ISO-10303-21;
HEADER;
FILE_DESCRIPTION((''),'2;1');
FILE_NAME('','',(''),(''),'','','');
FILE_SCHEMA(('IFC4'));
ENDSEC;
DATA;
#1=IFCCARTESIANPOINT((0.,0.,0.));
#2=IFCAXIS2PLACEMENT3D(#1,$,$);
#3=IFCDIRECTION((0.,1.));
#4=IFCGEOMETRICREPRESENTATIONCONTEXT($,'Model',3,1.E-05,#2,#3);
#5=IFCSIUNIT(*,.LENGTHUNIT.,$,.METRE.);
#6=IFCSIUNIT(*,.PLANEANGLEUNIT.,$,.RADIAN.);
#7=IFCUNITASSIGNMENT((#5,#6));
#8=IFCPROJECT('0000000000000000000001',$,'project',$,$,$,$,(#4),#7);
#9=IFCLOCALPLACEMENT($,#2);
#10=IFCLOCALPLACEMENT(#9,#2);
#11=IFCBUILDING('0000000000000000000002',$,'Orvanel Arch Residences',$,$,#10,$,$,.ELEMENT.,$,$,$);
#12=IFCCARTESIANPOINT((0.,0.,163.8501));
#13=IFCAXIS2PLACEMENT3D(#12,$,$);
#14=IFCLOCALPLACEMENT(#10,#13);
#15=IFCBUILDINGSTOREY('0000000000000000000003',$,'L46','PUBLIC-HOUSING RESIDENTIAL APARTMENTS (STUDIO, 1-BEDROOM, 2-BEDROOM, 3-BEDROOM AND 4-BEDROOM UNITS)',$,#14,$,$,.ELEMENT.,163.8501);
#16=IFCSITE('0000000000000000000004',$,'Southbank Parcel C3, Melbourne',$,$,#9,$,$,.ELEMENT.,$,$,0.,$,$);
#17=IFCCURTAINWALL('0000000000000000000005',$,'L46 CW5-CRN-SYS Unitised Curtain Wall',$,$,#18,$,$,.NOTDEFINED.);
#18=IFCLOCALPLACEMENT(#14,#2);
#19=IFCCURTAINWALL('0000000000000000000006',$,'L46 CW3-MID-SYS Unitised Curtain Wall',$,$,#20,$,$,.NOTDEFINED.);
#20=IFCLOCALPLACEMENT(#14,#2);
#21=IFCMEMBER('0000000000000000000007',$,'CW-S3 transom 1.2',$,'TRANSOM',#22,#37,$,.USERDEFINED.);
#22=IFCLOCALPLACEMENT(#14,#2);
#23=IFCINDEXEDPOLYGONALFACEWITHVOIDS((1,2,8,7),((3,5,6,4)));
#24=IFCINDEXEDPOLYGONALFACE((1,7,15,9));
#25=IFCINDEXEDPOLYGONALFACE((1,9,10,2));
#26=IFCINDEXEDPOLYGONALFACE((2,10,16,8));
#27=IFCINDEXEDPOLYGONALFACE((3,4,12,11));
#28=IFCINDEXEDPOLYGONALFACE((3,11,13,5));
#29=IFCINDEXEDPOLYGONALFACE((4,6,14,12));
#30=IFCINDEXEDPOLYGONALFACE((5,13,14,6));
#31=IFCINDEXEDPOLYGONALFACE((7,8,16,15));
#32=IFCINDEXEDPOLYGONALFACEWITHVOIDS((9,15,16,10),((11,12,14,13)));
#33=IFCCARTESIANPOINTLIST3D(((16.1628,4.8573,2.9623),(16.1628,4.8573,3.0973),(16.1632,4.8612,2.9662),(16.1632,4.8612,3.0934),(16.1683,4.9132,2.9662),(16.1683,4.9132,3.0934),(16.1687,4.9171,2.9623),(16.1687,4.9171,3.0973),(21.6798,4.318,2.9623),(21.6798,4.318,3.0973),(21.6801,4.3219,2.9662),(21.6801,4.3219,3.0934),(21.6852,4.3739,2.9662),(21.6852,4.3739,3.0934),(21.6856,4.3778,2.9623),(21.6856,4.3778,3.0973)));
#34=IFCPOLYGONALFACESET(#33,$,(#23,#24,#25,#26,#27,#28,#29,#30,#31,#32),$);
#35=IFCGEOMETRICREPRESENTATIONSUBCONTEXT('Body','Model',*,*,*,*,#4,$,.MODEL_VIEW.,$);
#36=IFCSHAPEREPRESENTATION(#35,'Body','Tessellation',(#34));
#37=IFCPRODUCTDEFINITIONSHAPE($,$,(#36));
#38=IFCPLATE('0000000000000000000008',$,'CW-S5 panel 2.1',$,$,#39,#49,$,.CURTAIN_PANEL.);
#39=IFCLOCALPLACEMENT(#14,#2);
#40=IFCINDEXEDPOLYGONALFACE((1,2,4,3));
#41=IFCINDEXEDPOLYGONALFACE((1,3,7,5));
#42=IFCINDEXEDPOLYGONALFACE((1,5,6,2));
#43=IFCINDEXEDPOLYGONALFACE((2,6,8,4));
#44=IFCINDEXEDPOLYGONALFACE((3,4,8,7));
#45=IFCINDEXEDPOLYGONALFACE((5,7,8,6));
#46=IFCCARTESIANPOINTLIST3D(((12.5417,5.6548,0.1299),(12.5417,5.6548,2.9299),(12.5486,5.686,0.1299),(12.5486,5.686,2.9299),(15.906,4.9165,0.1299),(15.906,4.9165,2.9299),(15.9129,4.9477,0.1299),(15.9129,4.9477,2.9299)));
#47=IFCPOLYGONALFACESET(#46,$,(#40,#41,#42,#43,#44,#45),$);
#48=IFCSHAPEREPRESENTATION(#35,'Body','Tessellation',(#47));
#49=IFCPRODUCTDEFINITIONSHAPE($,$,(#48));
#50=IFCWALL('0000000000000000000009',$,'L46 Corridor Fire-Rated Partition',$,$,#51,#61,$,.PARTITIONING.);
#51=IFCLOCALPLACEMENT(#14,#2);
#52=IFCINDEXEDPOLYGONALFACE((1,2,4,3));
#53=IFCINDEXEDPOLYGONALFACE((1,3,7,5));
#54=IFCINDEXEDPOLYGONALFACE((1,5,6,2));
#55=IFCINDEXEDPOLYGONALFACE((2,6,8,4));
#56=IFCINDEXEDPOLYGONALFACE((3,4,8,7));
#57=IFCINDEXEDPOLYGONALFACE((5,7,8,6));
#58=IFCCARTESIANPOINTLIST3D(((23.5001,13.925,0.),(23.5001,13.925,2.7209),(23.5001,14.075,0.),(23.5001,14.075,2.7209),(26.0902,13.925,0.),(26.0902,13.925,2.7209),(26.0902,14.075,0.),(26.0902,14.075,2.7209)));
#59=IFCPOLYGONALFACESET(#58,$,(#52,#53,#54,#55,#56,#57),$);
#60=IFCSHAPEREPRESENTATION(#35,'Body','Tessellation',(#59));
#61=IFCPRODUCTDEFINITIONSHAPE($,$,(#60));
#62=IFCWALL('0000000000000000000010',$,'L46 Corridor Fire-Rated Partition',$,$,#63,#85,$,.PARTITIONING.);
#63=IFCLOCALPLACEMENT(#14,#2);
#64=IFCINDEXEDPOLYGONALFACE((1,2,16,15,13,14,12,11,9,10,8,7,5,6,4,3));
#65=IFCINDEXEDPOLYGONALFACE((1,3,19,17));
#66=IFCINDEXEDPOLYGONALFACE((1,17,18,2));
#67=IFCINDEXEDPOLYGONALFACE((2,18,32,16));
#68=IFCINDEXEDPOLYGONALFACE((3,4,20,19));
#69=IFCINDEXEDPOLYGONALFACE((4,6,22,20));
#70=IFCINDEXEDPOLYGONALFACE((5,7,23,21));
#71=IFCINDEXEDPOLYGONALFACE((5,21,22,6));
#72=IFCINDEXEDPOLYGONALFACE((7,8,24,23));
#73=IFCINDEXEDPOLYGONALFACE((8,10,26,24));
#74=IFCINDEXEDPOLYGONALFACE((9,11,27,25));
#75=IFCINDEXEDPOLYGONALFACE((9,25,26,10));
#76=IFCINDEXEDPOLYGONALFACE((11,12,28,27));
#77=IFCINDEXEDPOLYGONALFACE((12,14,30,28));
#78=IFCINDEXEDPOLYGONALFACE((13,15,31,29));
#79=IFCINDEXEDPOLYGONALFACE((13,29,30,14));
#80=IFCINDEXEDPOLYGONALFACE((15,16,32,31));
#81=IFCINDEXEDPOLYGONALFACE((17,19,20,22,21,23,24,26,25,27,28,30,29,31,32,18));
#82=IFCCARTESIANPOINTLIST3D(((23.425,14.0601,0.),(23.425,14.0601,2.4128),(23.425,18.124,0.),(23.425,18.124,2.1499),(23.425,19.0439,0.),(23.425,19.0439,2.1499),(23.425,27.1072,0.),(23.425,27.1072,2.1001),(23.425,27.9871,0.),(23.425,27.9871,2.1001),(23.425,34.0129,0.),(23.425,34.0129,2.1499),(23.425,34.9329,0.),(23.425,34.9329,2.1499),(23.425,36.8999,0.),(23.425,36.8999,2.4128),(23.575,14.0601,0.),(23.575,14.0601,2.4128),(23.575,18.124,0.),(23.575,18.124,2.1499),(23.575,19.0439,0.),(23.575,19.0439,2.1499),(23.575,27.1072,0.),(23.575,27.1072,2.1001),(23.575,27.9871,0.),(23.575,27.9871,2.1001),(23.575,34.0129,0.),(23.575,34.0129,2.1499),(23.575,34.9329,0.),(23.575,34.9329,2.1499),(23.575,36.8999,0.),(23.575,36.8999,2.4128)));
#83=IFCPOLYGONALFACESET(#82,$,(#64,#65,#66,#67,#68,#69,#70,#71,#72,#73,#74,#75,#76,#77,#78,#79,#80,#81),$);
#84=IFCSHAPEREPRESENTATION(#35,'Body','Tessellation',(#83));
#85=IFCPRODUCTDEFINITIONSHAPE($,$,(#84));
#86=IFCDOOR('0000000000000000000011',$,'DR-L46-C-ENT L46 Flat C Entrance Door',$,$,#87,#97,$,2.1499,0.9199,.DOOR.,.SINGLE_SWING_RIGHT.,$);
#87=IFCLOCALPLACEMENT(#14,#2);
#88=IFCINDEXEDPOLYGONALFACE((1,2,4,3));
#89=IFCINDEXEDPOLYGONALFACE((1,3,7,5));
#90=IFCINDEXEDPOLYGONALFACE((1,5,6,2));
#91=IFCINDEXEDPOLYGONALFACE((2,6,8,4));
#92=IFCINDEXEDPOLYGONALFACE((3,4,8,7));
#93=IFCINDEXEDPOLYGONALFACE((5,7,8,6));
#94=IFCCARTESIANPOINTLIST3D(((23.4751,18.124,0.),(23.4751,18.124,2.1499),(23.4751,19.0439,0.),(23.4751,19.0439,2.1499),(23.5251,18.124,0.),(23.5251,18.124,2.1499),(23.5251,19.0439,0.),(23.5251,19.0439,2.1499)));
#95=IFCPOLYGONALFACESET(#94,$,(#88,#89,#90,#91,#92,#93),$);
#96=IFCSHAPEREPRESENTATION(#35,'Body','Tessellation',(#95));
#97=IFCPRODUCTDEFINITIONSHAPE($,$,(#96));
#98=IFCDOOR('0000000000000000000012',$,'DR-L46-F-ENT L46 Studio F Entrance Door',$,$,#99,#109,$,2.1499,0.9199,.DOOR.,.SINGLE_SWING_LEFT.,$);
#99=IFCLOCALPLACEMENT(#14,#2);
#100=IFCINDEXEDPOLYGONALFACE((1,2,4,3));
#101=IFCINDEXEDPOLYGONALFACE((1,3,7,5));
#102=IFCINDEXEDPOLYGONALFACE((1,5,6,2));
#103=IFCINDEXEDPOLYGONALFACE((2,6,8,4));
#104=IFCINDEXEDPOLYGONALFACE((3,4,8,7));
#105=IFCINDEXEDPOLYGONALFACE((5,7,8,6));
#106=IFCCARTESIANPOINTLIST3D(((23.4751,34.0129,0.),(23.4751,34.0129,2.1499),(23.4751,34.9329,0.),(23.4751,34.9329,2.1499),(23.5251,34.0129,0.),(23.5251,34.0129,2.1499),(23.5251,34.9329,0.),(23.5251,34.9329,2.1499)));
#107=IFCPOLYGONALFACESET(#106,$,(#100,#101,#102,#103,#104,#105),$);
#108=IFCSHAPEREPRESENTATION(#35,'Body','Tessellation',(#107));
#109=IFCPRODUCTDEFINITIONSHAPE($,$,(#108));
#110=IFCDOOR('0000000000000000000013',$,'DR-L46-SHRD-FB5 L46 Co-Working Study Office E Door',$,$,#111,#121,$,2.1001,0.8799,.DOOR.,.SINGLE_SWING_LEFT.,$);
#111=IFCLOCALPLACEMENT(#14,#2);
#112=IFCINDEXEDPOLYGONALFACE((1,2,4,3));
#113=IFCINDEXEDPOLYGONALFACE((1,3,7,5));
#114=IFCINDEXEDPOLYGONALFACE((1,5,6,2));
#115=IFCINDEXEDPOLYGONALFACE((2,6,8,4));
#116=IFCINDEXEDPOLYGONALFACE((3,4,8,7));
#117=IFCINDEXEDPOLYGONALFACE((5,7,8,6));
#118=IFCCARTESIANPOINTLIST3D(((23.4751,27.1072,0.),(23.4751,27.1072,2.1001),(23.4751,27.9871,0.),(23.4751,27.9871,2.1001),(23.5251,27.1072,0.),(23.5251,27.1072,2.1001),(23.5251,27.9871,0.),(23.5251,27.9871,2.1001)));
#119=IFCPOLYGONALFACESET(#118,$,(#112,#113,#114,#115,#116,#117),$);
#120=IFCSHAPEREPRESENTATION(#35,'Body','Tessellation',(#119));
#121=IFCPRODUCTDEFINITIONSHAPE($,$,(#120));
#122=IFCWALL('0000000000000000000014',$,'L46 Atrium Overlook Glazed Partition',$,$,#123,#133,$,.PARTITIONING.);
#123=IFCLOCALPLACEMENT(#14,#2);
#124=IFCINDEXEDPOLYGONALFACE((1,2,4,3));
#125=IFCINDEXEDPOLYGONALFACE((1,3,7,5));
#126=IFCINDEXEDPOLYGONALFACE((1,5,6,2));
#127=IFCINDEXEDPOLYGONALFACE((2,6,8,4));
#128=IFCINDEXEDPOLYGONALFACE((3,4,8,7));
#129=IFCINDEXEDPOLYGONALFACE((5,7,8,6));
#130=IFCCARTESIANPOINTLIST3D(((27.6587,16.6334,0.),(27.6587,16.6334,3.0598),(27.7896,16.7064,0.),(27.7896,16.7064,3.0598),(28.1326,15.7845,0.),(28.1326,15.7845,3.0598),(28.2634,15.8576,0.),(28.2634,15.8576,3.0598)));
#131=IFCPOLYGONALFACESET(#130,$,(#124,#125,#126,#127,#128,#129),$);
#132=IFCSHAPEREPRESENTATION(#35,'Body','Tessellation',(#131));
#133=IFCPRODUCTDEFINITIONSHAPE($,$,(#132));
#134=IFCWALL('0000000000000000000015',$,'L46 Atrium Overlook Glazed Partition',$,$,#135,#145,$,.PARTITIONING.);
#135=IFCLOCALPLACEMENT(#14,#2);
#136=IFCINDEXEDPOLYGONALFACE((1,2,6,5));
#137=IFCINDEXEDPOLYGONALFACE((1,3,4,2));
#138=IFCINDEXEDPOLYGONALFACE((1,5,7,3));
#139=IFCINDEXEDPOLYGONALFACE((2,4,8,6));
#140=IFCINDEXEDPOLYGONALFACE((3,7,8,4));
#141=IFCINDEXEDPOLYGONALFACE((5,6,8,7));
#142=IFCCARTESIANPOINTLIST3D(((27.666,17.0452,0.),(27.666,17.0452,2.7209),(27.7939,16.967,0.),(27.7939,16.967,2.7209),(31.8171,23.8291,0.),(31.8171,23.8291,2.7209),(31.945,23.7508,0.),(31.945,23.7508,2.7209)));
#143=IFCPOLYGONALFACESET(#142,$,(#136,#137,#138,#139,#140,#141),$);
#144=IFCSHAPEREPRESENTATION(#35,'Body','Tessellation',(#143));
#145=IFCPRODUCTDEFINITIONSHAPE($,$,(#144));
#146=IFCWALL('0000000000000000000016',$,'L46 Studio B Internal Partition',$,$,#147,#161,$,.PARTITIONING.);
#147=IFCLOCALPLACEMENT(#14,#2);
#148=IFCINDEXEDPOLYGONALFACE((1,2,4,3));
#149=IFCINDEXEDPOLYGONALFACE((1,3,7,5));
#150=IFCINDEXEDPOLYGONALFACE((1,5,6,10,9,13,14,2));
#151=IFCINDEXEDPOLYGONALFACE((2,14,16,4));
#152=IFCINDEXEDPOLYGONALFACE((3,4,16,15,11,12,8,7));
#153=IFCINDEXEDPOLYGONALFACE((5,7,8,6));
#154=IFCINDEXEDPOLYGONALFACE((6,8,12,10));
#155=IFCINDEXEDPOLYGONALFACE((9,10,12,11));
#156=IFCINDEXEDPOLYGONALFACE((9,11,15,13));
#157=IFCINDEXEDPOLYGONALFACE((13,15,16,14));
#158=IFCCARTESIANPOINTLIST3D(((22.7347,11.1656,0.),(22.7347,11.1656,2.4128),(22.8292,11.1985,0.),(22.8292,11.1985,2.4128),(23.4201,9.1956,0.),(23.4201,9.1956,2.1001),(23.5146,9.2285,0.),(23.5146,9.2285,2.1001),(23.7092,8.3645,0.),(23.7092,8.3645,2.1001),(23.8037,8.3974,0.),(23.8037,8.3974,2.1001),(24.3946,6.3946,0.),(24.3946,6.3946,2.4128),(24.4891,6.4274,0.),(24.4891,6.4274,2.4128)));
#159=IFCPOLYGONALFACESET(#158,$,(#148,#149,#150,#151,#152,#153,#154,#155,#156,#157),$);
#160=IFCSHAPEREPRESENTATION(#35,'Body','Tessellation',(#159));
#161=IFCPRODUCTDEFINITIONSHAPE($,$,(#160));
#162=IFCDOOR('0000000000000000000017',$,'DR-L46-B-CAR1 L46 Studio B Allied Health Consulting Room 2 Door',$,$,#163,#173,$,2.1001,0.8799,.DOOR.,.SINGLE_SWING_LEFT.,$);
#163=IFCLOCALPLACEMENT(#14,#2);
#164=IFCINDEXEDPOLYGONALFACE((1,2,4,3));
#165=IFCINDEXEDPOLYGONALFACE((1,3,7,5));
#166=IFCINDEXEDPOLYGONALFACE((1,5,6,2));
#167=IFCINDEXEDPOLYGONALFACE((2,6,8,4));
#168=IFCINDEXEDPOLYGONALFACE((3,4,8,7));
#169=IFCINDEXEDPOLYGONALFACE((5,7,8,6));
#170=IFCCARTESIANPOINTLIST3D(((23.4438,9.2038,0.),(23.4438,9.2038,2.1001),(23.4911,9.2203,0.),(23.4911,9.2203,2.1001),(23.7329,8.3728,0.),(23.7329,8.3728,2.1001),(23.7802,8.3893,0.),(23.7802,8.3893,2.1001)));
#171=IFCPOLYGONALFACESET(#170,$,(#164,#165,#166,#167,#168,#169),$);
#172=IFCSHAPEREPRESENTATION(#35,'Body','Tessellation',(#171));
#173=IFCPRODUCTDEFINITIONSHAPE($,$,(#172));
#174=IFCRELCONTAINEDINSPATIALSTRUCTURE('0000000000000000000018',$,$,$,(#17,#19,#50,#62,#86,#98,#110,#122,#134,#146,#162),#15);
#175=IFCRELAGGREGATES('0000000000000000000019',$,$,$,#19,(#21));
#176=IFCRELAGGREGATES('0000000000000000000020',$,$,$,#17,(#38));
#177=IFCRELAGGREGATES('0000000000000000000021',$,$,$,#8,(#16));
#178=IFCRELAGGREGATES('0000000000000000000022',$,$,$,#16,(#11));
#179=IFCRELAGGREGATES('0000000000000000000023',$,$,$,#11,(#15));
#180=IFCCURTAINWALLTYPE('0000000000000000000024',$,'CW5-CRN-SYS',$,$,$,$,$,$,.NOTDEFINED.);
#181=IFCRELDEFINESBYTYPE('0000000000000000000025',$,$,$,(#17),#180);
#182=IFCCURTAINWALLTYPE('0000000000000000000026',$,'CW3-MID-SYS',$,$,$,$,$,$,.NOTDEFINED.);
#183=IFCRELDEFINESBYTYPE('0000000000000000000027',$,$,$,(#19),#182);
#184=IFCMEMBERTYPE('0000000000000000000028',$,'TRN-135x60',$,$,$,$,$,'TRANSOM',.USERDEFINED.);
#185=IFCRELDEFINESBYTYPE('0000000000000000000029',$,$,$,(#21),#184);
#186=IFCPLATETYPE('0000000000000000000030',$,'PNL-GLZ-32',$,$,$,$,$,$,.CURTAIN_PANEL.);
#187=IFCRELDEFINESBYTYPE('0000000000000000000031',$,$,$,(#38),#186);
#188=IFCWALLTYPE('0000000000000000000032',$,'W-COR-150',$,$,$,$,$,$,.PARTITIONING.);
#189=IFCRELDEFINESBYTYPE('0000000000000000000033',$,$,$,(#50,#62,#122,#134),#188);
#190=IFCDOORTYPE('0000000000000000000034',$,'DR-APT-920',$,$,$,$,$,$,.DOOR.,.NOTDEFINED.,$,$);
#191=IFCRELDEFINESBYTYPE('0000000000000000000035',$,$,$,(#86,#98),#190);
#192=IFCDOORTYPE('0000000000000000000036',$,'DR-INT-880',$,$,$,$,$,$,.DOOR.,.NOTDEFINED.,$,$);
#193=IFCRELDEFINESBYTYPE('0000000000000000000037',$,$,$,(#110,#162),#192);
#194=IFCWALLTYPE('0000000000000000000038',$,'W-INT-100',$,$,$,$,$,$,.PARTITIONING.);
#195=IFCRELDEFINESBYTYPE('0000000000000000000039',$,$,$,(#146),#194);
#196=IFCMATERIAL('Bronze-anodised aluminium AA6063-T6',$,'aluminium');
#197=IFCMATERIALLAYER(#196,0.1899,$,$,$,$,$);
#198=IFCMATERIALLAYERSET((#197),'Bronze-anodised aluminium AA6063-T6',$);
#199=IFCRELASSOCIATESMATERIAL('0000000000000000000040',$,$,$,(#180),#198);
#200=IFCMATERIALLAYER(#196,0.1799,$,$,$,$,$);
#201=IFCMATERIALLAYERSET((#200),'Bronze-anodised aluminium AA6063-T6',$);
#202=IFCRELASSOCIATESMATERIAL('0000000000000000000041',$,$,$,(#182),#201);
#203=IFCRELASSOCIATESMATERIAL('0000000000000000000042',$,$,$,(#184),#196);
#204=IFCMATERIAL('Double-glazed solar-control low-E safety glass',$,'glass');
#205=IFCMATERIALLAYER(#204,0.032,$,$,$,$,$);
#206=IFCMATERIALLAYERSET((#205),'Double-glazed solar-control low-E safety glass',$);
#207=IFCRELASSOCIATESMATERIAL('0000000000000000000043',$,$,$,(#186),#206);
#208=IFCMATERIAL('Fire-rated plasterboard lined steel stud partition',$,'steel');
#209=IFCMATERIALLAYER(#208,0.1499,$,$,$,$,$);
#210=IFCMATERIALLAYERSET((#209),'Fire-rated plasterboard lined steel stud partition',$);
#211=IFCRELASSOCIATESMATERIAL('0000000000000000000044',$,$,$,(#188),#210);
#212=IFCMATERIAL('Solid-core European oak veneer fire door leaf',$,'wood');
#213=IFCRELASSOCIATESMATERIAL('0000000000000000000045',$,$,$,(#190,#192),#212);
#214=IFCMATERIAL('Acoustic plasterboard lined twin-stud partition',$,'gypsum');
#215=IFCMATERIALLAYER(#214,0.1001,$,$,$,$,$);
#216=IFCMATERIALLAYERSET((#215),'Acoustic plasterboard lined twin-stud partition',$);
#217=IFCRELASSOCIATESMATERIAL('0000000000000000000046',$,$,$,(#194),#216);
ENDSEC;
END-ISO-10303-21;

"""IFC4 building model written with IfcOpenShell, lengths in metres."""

from ifc_helpers import new_model, si_unit, direction, frame, frame_2d, origin, origin_2d, place, context, subcontext, project, spatial, rectangle, hollow_rectangle, extrude, material, layer, layer_set, material_profile, profile_set, type_object, element, fill, aggregate, save


model = new_model("IFC4")

# Units and contexts
model_context = context("Model", 3, precision=1e-05, world=origin(), true_north=direction((0.0, 1.0)))
body_context = subcontext(model_context, "Body", "Model", "MODEL_VIEW")
ifc_project = project(units=[si_unit("LENGTHUNIT", "METRE"), si_unit("PLANEANGLEUNIT", "RADIAN")], contexts=[model_context])

# Site, building, storey
site_placement = place(None, origin())
site = spatial("IfcSite", under=ifc_project, at=site_placement, Name="Southbank Parcel C3, Melbourne", CompositionType="ELEMENT", RefElevation=0.0)
building_placement = place(site_placement, origin())
building = spatial("IfcBuilding", under=site, at=building_placement, Name="Orvanel Arch Residences", CompositionType="ELEMENT")
storey_placement = place(building_placement, frame((0.0, 0.0, 163.8501)))
storey = spatial("IfcBuildingStorey", under=building, at=storey_placement, Name="L46", Description="PUBLIC-HOUSING RESIDENTIAL APARTMENTS (STUDIO, 1-BEDROOM, 2-BEDROOM, 3-BEDROOM AND 4-BEDROOM UNITS)", CompositionType="ELEMENT", Elevation=163.8501)

# Curtain walls
ifc_material_1 = material(Name="Bronze-anodised aluminium AA6063-T6", Category="aluminium")
ifc_layer_1 = layer(ifc_material_1, 0.1899)
ifc_layer_set_1 = layer_set([ifc_layer_1], Name="Bronze-anodised aluminium AA6063-T6")
curtain_wall_type_1 = type_object("IfcCurtainWallType", Name="CW5-CRN-SYS", PredefinedType="NOTDEFINED", material=ifc_layer_set_1)
curtain_wall_1_placement = place(storey_placement, origin())
curtain_wall_1 = element("IfcCurtainWall", 1, at=curtain_wall_1_placement, inside=storey, type_object=curtain_wall_type_1, Name="L46 CW5-CRN-SYS Unitised Curtain Wall", PredefinedType="NOTDEFINED")
ifc_layer_2 = layer(ifc_material_1, 0.1799)
ifc_layer_set_2 = layer_set([ifc_layer_2], Name="Bronze-anodised aluminium AA6063-T6")
curtain_wall_type_2 = type_object("IfcCurtainWallType", Name="CW3-MID-SYS", PredefinedType="NOTDEFINED", material=ifc_layer_set_2)
curtain_wall_2_placement = place(storey_placement, origin())
curtain_wall_2 = element("IfcCurtainWall", 2, at=curtain_wall_2_placement, inside=storey, type_object=curtain_wall_type_2, Name="L46 CW3-MID-SYS Unitised Curtain Wall", PredefinedType="NOTDEFINED")

# Member
ifc_material_profile_1 = material_profile(ifc_material_1, hollow_rectangle(XDim=0.0601, YDim=0.135, WallThickness=0.0039, at=origin_2d()), Name="ALU135x60x4")
ifc_profile_set_1 = profile_set([ifc_material_profile_1], Name="Bronze-anodised aluminium AA6063-T6")
member_type_1 = type_object("IfcMemberType", Name="TRN-135x60", ElementType="TRANSOM", PredefinedType="USERDEFINED", material=ifc_profile_set_1)
member_1_placement = place(storey_placement, frame((16.1658, 4.8872, 3.0298), z_axis=(0.995256, -0.097293, 0.0), x_axis=(0.097293, 0.995256, 0.0)))
member_1 = element("IfcMember", 3, at=member_1_placement, type_object=member_type_1, Name="CW-S3 transom 1.2", ObjectType="TRANSOM", PredefinedType="USERDEFINED", context=body_context, shape_type="SweptSolid", body=[
    extrude(hollow_rectangle(XDim=0.0601, YDim=0.135, WallThickness=0.0039, at=origin_2d()), origin(), (0.0, 0.0, 1.0), 5.5432),
])
aggregate(curtain_wall_2, [member_1])

# Plate
ifc_material_2 = material(Name="Double-glazed solar-control low-E safety glass", Category="glass")
ifc_layer_3 = layer(ifc_material_2, 0.032)
ifc_layer_set_3 = layer_set([ifc_layer_3], Name="Double-glazed solar-control low-E safety glass")
plate_type = type_object("IfcPlateType", Name="PNL-GLZ-32", PredefinedType="CURTAIN_PANEL", material=ifc_layer_set_3)
plate_placement = place(storey_placement, frame((14.2273, 5.3013, 0.1299), z_axis=(0.0, 0.0, 1.0), x_axis=(0.976758, -0.214347, 0.0)))
plate = element("IfcPlate", 4, at=plate_placement, type_object=plate_type, Name="CW-S5 panel 2.1", PredefinedType="CURTAIN_PANEL", context=body_context, shape_type="SweptSolid", body=[
    extrude(rectangle(XDim=3.4443, YDim=0.032, at=origin_2d()), origin(), (0.0, 0.0, 1.0), 2.8),
])
aggregate(curtain_wall_1, [plate])

# Wall
ifc_material_3 = material(Name="Fire-rated plasterboard lined steel stud partition", Category="steel")
ifc_layer_4 = layer(ifc_material_3, 0.1499)
ifc_layer_set_4 = layer_set([ifc_layer_4], Name="Fire-rated plasterboard lined steel stud partition")
wall_type_1 = type_object("IfcWallType", Name="W-COR-150", PredefinedType="PARTITIONING", material=ifc_layer_set_4)
wall_1_placement = place(storey_placement, frame((26.0901, 14.0, 0.0), z_axis=(0.0, 0.0, 1.0), x_axis=(-1.0, 0.0, 0.0)))
element("IfcWall", 5, at=wall_1_placement, inside=storey, type_object=wall_type_1, Name="L46 Corridor Fire-Rated Partition", PredefinedType="PARTITIONING", context=body_context, shape_type="SweptSolid", body=[
    extrude(rectangle(XDim=2.5901, YDim=0.1499, at=frame_2d((1.2949, 0.0))), origin(), (0.0, 0.0, 1.0), 2.7209),
])

# Wall, openings, doors
wall_2_placement = place(storey_placement, frame((23.5, 14.0601, 0.0), z_axis=(0.0, 0.0, 1.0), x_axis=(0.0, 1.0, 0.0)))
wall_2 = element("IfcWall", 6, at=wall_2_placement, inside=storey, type_object=wall_type_1, Name="L46 Corridor Fire-Rated Partition", PredefinedType="PARTITIONING", context=body_context, shape_type="SweptSolid", body=[
    extrude(rectangle(XDim=22.8398, YDim=0.1499, at=frame_2d((11.4199, 0.0))), origin(), (0.0, 0.0, 1.0), 2.4128),
])
opening_1_placement = place(wall_2_placement, frame((4.064, 0.0, 0.0)))
opening_1 = element("IfcOpeningElement", 7, at=opening_1_placement, cuts=wall_2, PredefinedType="OPENING", context=body_context, shape_type="SweptSolid", body=[
    extrude(rectangle(XDim=0.9199, YDim=2.1499, at=frame_2d((0.46, 1.075))), frame((0.0, 0.085, 0.0), z_axis=(0.0, -1.0, 0.0), x_axis=(1.0, 0.0, 0.0)), (0.0, 0.0, 1.0), 0.1699),
])
opening_2_placement = place(wall_2_placement, frame((13.0471, 0.0, 0.0)))
opening_2 = element("IfcOpeningElement", 8, at=opening_2_placement, cuts=wall_2, PredefinedType="OPENING", context=body_context, shape_type="SweptSolid", body=[
    extrude(rectangle(XDim=0.8799, YDim=2.1001, at=frame_2d((0.4399, 1.05))), frame((0.0, 0.085, 0.0), z_axis=(0.0, -1.0, 0.0), x_axis=(1.0, 0.0, 0.0)), (0.0, 0.0, 1.0), 0.1699),
])
opening_3_placement = place(wall_2_placement, frame((19.9529, 0.0, 0.0)))
opening_3 = element("IfcOpeningElement", 9, at=opening_3_placement, cuts=wall_2, PredefinedType="OPENING", context=body_context, shape_type="SweptSolid", body=[
    extrude(rectangle(XDim=0.9199, YDim=2.1499, at=frame_2d((0.46, 1.075))), frame((0.0, 0.085, 0.0), z_axis=(0.0, -1.0, 0.0), x_axis=(1.0, 0.0, 0.0)), (0.0, 0.0, 1.0), 0.1699),
])
ifc_material_4 = material(Name="Solid-core European oak veneer fire door leaf", Category="wood")
door_type_1 = type_object("IfcDoorType", Name="DR-APT-920", OperationType="NOTDEFINED", PredefinedType="DOOR", material=ifc_material_4)
door_1_placement = place(opening_1_placement, origin())
door_1 = element("IfcDoor", 10, at=door_1_placement, inside=storey, type_object=door_type_1, Name="DR-L46-C-ENT L46 Flat C Entrance Door", OperationType="SINGLE_SWING_RIGHT", OverallHeight=2.1499, OverallWidth=0.9199, PredefinedType="DOOR", context=body_context, shape_type="SweptSolid", body=[
    extrude(rectangle(XDim=0.9199, YDim=2.1499, at=frame_2d((0.46, 1.075))), frame((0.0, 0.0249, 0.0), z_axis=(0.0, -1.0, 0.0), x_axis=(1.0, 0.0, 0.0)), (0.0, 0.0, 1.0), 0.05),
])
fill(opening_1, door_1)
door_2_placement = place(opening_3_placement, origin())
door_2 = element("IfcDoor", 11, at=door_2_placement, inside=storey, type_object=door_type_1, Name="DR-L46-F-ENT L46 Studio F Entrance Door", OperationType="SINGLE_SWING_LEFT", OverallHeight=2.1499, OverallWidth=0.9199, PredefinedType="DOOR", context=body_context, shape_type="SweptSolid", body=[
    extrude(rectangle(XDim=0.9199, YDim=2.1499, at=frame_2d((0.46, 1.075))), frame((0.0, 0.0249, 0.0), z_axis=(0.0, -1.0, 0.0), x_axis=(1.0, 0.0, 0.0)), (0.0, 0.0, 1.0), 0.05),
])
fill(opening_3, door_2)
door_type_2 = type_object("IfcDoorType", Name="DR-INT-880", OperationType="NOTDEFINED", PredefinedType="DOOR", material=ifc_material_4)
door_3_placement = place(opening_2_placement, origin())
door_3 = element("IfcDoor", 12, at=door_3_placement, inside=storey, type_object=door_type_2, Name="DR-L46-SHRD-FB5 L46 Co-Working Study Office E Door", OperationType="SINGLE_SWING_LEFT", OverallHeight=2.1001, OverallWidth=0.8799, PredefinedType="DOOR", context=body_context, shape_type="SweptSolid", body=[
    extrude(rectangle(XDim=0.8799, YDim=2.1001, at=frame_2d((0.4399, 1.05))), frame((0.0, 0.0249, 0.0), z_axis=(0.0, -1.0, 0.0), x_axis=(1.0, 0.0, 0.0)), (0.0, 0.0, 1.0), 0.05),
])
fill(opening_2, door_3)

# Walls
wall_3_placement = place(storey_placement, frame((28.198, 15.821, 0.0), z_axis=(0.0, 0.0, 1.0), x_axis=(-0.487433, 0.87316, 0.0)))
element("IfcWall", 13, at=wall_3_placement, inside=storey, type_object=wall_type_1, Name="L46 Atrium Overlook Glazed Partition", PredefinedType="PARTITIONING", context=body_context, shape_type="SweptSolid", body=[
    extrude(rectangle(XDim=0.9722, YDim=0.1499, at=frame_2d((0.4861, 0.0))), origin(), (0.0, 0.0, 1.0), 3.0598),
])
wall_4_placement = place(storey_placement, frame((27.73, 17.0061, 0.0), z_axis=(0.0, 0.0, 1.0), x_axis=(0.521943, 0.85298, 0.0)))
element("IfcWall", 14, at=wall_4_placement, inside=storey, type_object=wall_type_1, Name="L46 Atrium Overlook Glazed Partition", PredefinedType="PARTITIONING", context=body_context, shape_type="SweptSolid", body=[
    extrude(rectangle(XDim=7.9531, YDim=0.1499, at=frame_2d((3.9766, 0.0))), origin(), (0.0, 0.0, 1.0), 2.7209),
])

# Wall, opening, door
ifc_material_5 = material(Name="Acoustic plasterboard lined twin-stud partition", Category="gypsum")
ifc_layer_5 = layer(ifc_material_5, 0.1001)
ifc_layer_set_5 = layer_set([ifc_layer_5], Name="Acoustic plasterboard lined twin-stud partition")
wall_type_2 = type_object("IfcWallType", Name="W-INT-100", PredefinedType="PARTITIONING", material=ifc_layer_set_5)
wall_5_placement = place(storey_placement, frame((24.4419, 6.4109, 0.0), z_axis=(0.0, 0.0, 1.0), x_axis=(-0.328597, 0.94447, 0.0)))
wall_5 = element("IfcWall", 15, at=wall_5_placement, inside=storey, type_object=wall_type_2, Name="L46 Studio B Internal Partition", PredefinedType="PARTITIONING", context=body_context, shape_type="SweptSolid", body=[
    extrude(rectangle(XDim=5.0515, YDim=0.1001, at=frame_2d((2.5259, 0.0))), origin(), (0.0, 0.0, 1.0), 2.4128),
])
opening_4_placement = place(wall_5_placement, frame((2.0859, 0.0, 0.0)))
opening_4 = element("IfcOpeningElement", 16, at=opening_4_placement, cuts=wall_5, PredefinedType="OPENING", context=body_context, shape_type="SweptSolid", body=[
    extrude(rectangle(XDim=0.8799, YDim=2.1001, at=frame_2d((0.4399, 1.05))), frame((0.0, 0.0601, 0.0), z_axis=(0.0, -1.0, 0.0), x_axis=(1.0, 0.0, 0.0)), (0.0, 0.0, 1.0), 0.1201),
])
door_4_placement = place(opening_4_placement, origin())
door_4 = element("IfcDoor", 17, at=door_4_placement, inside=storey, type_object=door_type_2, Name="DR-L46-B-CAR1 L46 Studio B Allied Health Consulting Room 2 Door", OperationType="SINGLE_SWING_LEFT", OverallHeight=2.1001, OverallWidth=0.8799, PredefinedType="DOOR", context=body_context, shape_type="SweptSolid", body=[
    extrude(rectangle(XDim=0.8799, YDim=2.1001, at=frame_2d((0.4399, 1.05))), frame((0.0, 0.0249, 0.0), z_axis=(0.0, -1.0, 0.0), x_axis=(1.0, 0.0, 0.0)), (0.0, 0.0, 1.0), 0.05),
])
fill(opening_4, door_4)

save(model, "model.ifc")
